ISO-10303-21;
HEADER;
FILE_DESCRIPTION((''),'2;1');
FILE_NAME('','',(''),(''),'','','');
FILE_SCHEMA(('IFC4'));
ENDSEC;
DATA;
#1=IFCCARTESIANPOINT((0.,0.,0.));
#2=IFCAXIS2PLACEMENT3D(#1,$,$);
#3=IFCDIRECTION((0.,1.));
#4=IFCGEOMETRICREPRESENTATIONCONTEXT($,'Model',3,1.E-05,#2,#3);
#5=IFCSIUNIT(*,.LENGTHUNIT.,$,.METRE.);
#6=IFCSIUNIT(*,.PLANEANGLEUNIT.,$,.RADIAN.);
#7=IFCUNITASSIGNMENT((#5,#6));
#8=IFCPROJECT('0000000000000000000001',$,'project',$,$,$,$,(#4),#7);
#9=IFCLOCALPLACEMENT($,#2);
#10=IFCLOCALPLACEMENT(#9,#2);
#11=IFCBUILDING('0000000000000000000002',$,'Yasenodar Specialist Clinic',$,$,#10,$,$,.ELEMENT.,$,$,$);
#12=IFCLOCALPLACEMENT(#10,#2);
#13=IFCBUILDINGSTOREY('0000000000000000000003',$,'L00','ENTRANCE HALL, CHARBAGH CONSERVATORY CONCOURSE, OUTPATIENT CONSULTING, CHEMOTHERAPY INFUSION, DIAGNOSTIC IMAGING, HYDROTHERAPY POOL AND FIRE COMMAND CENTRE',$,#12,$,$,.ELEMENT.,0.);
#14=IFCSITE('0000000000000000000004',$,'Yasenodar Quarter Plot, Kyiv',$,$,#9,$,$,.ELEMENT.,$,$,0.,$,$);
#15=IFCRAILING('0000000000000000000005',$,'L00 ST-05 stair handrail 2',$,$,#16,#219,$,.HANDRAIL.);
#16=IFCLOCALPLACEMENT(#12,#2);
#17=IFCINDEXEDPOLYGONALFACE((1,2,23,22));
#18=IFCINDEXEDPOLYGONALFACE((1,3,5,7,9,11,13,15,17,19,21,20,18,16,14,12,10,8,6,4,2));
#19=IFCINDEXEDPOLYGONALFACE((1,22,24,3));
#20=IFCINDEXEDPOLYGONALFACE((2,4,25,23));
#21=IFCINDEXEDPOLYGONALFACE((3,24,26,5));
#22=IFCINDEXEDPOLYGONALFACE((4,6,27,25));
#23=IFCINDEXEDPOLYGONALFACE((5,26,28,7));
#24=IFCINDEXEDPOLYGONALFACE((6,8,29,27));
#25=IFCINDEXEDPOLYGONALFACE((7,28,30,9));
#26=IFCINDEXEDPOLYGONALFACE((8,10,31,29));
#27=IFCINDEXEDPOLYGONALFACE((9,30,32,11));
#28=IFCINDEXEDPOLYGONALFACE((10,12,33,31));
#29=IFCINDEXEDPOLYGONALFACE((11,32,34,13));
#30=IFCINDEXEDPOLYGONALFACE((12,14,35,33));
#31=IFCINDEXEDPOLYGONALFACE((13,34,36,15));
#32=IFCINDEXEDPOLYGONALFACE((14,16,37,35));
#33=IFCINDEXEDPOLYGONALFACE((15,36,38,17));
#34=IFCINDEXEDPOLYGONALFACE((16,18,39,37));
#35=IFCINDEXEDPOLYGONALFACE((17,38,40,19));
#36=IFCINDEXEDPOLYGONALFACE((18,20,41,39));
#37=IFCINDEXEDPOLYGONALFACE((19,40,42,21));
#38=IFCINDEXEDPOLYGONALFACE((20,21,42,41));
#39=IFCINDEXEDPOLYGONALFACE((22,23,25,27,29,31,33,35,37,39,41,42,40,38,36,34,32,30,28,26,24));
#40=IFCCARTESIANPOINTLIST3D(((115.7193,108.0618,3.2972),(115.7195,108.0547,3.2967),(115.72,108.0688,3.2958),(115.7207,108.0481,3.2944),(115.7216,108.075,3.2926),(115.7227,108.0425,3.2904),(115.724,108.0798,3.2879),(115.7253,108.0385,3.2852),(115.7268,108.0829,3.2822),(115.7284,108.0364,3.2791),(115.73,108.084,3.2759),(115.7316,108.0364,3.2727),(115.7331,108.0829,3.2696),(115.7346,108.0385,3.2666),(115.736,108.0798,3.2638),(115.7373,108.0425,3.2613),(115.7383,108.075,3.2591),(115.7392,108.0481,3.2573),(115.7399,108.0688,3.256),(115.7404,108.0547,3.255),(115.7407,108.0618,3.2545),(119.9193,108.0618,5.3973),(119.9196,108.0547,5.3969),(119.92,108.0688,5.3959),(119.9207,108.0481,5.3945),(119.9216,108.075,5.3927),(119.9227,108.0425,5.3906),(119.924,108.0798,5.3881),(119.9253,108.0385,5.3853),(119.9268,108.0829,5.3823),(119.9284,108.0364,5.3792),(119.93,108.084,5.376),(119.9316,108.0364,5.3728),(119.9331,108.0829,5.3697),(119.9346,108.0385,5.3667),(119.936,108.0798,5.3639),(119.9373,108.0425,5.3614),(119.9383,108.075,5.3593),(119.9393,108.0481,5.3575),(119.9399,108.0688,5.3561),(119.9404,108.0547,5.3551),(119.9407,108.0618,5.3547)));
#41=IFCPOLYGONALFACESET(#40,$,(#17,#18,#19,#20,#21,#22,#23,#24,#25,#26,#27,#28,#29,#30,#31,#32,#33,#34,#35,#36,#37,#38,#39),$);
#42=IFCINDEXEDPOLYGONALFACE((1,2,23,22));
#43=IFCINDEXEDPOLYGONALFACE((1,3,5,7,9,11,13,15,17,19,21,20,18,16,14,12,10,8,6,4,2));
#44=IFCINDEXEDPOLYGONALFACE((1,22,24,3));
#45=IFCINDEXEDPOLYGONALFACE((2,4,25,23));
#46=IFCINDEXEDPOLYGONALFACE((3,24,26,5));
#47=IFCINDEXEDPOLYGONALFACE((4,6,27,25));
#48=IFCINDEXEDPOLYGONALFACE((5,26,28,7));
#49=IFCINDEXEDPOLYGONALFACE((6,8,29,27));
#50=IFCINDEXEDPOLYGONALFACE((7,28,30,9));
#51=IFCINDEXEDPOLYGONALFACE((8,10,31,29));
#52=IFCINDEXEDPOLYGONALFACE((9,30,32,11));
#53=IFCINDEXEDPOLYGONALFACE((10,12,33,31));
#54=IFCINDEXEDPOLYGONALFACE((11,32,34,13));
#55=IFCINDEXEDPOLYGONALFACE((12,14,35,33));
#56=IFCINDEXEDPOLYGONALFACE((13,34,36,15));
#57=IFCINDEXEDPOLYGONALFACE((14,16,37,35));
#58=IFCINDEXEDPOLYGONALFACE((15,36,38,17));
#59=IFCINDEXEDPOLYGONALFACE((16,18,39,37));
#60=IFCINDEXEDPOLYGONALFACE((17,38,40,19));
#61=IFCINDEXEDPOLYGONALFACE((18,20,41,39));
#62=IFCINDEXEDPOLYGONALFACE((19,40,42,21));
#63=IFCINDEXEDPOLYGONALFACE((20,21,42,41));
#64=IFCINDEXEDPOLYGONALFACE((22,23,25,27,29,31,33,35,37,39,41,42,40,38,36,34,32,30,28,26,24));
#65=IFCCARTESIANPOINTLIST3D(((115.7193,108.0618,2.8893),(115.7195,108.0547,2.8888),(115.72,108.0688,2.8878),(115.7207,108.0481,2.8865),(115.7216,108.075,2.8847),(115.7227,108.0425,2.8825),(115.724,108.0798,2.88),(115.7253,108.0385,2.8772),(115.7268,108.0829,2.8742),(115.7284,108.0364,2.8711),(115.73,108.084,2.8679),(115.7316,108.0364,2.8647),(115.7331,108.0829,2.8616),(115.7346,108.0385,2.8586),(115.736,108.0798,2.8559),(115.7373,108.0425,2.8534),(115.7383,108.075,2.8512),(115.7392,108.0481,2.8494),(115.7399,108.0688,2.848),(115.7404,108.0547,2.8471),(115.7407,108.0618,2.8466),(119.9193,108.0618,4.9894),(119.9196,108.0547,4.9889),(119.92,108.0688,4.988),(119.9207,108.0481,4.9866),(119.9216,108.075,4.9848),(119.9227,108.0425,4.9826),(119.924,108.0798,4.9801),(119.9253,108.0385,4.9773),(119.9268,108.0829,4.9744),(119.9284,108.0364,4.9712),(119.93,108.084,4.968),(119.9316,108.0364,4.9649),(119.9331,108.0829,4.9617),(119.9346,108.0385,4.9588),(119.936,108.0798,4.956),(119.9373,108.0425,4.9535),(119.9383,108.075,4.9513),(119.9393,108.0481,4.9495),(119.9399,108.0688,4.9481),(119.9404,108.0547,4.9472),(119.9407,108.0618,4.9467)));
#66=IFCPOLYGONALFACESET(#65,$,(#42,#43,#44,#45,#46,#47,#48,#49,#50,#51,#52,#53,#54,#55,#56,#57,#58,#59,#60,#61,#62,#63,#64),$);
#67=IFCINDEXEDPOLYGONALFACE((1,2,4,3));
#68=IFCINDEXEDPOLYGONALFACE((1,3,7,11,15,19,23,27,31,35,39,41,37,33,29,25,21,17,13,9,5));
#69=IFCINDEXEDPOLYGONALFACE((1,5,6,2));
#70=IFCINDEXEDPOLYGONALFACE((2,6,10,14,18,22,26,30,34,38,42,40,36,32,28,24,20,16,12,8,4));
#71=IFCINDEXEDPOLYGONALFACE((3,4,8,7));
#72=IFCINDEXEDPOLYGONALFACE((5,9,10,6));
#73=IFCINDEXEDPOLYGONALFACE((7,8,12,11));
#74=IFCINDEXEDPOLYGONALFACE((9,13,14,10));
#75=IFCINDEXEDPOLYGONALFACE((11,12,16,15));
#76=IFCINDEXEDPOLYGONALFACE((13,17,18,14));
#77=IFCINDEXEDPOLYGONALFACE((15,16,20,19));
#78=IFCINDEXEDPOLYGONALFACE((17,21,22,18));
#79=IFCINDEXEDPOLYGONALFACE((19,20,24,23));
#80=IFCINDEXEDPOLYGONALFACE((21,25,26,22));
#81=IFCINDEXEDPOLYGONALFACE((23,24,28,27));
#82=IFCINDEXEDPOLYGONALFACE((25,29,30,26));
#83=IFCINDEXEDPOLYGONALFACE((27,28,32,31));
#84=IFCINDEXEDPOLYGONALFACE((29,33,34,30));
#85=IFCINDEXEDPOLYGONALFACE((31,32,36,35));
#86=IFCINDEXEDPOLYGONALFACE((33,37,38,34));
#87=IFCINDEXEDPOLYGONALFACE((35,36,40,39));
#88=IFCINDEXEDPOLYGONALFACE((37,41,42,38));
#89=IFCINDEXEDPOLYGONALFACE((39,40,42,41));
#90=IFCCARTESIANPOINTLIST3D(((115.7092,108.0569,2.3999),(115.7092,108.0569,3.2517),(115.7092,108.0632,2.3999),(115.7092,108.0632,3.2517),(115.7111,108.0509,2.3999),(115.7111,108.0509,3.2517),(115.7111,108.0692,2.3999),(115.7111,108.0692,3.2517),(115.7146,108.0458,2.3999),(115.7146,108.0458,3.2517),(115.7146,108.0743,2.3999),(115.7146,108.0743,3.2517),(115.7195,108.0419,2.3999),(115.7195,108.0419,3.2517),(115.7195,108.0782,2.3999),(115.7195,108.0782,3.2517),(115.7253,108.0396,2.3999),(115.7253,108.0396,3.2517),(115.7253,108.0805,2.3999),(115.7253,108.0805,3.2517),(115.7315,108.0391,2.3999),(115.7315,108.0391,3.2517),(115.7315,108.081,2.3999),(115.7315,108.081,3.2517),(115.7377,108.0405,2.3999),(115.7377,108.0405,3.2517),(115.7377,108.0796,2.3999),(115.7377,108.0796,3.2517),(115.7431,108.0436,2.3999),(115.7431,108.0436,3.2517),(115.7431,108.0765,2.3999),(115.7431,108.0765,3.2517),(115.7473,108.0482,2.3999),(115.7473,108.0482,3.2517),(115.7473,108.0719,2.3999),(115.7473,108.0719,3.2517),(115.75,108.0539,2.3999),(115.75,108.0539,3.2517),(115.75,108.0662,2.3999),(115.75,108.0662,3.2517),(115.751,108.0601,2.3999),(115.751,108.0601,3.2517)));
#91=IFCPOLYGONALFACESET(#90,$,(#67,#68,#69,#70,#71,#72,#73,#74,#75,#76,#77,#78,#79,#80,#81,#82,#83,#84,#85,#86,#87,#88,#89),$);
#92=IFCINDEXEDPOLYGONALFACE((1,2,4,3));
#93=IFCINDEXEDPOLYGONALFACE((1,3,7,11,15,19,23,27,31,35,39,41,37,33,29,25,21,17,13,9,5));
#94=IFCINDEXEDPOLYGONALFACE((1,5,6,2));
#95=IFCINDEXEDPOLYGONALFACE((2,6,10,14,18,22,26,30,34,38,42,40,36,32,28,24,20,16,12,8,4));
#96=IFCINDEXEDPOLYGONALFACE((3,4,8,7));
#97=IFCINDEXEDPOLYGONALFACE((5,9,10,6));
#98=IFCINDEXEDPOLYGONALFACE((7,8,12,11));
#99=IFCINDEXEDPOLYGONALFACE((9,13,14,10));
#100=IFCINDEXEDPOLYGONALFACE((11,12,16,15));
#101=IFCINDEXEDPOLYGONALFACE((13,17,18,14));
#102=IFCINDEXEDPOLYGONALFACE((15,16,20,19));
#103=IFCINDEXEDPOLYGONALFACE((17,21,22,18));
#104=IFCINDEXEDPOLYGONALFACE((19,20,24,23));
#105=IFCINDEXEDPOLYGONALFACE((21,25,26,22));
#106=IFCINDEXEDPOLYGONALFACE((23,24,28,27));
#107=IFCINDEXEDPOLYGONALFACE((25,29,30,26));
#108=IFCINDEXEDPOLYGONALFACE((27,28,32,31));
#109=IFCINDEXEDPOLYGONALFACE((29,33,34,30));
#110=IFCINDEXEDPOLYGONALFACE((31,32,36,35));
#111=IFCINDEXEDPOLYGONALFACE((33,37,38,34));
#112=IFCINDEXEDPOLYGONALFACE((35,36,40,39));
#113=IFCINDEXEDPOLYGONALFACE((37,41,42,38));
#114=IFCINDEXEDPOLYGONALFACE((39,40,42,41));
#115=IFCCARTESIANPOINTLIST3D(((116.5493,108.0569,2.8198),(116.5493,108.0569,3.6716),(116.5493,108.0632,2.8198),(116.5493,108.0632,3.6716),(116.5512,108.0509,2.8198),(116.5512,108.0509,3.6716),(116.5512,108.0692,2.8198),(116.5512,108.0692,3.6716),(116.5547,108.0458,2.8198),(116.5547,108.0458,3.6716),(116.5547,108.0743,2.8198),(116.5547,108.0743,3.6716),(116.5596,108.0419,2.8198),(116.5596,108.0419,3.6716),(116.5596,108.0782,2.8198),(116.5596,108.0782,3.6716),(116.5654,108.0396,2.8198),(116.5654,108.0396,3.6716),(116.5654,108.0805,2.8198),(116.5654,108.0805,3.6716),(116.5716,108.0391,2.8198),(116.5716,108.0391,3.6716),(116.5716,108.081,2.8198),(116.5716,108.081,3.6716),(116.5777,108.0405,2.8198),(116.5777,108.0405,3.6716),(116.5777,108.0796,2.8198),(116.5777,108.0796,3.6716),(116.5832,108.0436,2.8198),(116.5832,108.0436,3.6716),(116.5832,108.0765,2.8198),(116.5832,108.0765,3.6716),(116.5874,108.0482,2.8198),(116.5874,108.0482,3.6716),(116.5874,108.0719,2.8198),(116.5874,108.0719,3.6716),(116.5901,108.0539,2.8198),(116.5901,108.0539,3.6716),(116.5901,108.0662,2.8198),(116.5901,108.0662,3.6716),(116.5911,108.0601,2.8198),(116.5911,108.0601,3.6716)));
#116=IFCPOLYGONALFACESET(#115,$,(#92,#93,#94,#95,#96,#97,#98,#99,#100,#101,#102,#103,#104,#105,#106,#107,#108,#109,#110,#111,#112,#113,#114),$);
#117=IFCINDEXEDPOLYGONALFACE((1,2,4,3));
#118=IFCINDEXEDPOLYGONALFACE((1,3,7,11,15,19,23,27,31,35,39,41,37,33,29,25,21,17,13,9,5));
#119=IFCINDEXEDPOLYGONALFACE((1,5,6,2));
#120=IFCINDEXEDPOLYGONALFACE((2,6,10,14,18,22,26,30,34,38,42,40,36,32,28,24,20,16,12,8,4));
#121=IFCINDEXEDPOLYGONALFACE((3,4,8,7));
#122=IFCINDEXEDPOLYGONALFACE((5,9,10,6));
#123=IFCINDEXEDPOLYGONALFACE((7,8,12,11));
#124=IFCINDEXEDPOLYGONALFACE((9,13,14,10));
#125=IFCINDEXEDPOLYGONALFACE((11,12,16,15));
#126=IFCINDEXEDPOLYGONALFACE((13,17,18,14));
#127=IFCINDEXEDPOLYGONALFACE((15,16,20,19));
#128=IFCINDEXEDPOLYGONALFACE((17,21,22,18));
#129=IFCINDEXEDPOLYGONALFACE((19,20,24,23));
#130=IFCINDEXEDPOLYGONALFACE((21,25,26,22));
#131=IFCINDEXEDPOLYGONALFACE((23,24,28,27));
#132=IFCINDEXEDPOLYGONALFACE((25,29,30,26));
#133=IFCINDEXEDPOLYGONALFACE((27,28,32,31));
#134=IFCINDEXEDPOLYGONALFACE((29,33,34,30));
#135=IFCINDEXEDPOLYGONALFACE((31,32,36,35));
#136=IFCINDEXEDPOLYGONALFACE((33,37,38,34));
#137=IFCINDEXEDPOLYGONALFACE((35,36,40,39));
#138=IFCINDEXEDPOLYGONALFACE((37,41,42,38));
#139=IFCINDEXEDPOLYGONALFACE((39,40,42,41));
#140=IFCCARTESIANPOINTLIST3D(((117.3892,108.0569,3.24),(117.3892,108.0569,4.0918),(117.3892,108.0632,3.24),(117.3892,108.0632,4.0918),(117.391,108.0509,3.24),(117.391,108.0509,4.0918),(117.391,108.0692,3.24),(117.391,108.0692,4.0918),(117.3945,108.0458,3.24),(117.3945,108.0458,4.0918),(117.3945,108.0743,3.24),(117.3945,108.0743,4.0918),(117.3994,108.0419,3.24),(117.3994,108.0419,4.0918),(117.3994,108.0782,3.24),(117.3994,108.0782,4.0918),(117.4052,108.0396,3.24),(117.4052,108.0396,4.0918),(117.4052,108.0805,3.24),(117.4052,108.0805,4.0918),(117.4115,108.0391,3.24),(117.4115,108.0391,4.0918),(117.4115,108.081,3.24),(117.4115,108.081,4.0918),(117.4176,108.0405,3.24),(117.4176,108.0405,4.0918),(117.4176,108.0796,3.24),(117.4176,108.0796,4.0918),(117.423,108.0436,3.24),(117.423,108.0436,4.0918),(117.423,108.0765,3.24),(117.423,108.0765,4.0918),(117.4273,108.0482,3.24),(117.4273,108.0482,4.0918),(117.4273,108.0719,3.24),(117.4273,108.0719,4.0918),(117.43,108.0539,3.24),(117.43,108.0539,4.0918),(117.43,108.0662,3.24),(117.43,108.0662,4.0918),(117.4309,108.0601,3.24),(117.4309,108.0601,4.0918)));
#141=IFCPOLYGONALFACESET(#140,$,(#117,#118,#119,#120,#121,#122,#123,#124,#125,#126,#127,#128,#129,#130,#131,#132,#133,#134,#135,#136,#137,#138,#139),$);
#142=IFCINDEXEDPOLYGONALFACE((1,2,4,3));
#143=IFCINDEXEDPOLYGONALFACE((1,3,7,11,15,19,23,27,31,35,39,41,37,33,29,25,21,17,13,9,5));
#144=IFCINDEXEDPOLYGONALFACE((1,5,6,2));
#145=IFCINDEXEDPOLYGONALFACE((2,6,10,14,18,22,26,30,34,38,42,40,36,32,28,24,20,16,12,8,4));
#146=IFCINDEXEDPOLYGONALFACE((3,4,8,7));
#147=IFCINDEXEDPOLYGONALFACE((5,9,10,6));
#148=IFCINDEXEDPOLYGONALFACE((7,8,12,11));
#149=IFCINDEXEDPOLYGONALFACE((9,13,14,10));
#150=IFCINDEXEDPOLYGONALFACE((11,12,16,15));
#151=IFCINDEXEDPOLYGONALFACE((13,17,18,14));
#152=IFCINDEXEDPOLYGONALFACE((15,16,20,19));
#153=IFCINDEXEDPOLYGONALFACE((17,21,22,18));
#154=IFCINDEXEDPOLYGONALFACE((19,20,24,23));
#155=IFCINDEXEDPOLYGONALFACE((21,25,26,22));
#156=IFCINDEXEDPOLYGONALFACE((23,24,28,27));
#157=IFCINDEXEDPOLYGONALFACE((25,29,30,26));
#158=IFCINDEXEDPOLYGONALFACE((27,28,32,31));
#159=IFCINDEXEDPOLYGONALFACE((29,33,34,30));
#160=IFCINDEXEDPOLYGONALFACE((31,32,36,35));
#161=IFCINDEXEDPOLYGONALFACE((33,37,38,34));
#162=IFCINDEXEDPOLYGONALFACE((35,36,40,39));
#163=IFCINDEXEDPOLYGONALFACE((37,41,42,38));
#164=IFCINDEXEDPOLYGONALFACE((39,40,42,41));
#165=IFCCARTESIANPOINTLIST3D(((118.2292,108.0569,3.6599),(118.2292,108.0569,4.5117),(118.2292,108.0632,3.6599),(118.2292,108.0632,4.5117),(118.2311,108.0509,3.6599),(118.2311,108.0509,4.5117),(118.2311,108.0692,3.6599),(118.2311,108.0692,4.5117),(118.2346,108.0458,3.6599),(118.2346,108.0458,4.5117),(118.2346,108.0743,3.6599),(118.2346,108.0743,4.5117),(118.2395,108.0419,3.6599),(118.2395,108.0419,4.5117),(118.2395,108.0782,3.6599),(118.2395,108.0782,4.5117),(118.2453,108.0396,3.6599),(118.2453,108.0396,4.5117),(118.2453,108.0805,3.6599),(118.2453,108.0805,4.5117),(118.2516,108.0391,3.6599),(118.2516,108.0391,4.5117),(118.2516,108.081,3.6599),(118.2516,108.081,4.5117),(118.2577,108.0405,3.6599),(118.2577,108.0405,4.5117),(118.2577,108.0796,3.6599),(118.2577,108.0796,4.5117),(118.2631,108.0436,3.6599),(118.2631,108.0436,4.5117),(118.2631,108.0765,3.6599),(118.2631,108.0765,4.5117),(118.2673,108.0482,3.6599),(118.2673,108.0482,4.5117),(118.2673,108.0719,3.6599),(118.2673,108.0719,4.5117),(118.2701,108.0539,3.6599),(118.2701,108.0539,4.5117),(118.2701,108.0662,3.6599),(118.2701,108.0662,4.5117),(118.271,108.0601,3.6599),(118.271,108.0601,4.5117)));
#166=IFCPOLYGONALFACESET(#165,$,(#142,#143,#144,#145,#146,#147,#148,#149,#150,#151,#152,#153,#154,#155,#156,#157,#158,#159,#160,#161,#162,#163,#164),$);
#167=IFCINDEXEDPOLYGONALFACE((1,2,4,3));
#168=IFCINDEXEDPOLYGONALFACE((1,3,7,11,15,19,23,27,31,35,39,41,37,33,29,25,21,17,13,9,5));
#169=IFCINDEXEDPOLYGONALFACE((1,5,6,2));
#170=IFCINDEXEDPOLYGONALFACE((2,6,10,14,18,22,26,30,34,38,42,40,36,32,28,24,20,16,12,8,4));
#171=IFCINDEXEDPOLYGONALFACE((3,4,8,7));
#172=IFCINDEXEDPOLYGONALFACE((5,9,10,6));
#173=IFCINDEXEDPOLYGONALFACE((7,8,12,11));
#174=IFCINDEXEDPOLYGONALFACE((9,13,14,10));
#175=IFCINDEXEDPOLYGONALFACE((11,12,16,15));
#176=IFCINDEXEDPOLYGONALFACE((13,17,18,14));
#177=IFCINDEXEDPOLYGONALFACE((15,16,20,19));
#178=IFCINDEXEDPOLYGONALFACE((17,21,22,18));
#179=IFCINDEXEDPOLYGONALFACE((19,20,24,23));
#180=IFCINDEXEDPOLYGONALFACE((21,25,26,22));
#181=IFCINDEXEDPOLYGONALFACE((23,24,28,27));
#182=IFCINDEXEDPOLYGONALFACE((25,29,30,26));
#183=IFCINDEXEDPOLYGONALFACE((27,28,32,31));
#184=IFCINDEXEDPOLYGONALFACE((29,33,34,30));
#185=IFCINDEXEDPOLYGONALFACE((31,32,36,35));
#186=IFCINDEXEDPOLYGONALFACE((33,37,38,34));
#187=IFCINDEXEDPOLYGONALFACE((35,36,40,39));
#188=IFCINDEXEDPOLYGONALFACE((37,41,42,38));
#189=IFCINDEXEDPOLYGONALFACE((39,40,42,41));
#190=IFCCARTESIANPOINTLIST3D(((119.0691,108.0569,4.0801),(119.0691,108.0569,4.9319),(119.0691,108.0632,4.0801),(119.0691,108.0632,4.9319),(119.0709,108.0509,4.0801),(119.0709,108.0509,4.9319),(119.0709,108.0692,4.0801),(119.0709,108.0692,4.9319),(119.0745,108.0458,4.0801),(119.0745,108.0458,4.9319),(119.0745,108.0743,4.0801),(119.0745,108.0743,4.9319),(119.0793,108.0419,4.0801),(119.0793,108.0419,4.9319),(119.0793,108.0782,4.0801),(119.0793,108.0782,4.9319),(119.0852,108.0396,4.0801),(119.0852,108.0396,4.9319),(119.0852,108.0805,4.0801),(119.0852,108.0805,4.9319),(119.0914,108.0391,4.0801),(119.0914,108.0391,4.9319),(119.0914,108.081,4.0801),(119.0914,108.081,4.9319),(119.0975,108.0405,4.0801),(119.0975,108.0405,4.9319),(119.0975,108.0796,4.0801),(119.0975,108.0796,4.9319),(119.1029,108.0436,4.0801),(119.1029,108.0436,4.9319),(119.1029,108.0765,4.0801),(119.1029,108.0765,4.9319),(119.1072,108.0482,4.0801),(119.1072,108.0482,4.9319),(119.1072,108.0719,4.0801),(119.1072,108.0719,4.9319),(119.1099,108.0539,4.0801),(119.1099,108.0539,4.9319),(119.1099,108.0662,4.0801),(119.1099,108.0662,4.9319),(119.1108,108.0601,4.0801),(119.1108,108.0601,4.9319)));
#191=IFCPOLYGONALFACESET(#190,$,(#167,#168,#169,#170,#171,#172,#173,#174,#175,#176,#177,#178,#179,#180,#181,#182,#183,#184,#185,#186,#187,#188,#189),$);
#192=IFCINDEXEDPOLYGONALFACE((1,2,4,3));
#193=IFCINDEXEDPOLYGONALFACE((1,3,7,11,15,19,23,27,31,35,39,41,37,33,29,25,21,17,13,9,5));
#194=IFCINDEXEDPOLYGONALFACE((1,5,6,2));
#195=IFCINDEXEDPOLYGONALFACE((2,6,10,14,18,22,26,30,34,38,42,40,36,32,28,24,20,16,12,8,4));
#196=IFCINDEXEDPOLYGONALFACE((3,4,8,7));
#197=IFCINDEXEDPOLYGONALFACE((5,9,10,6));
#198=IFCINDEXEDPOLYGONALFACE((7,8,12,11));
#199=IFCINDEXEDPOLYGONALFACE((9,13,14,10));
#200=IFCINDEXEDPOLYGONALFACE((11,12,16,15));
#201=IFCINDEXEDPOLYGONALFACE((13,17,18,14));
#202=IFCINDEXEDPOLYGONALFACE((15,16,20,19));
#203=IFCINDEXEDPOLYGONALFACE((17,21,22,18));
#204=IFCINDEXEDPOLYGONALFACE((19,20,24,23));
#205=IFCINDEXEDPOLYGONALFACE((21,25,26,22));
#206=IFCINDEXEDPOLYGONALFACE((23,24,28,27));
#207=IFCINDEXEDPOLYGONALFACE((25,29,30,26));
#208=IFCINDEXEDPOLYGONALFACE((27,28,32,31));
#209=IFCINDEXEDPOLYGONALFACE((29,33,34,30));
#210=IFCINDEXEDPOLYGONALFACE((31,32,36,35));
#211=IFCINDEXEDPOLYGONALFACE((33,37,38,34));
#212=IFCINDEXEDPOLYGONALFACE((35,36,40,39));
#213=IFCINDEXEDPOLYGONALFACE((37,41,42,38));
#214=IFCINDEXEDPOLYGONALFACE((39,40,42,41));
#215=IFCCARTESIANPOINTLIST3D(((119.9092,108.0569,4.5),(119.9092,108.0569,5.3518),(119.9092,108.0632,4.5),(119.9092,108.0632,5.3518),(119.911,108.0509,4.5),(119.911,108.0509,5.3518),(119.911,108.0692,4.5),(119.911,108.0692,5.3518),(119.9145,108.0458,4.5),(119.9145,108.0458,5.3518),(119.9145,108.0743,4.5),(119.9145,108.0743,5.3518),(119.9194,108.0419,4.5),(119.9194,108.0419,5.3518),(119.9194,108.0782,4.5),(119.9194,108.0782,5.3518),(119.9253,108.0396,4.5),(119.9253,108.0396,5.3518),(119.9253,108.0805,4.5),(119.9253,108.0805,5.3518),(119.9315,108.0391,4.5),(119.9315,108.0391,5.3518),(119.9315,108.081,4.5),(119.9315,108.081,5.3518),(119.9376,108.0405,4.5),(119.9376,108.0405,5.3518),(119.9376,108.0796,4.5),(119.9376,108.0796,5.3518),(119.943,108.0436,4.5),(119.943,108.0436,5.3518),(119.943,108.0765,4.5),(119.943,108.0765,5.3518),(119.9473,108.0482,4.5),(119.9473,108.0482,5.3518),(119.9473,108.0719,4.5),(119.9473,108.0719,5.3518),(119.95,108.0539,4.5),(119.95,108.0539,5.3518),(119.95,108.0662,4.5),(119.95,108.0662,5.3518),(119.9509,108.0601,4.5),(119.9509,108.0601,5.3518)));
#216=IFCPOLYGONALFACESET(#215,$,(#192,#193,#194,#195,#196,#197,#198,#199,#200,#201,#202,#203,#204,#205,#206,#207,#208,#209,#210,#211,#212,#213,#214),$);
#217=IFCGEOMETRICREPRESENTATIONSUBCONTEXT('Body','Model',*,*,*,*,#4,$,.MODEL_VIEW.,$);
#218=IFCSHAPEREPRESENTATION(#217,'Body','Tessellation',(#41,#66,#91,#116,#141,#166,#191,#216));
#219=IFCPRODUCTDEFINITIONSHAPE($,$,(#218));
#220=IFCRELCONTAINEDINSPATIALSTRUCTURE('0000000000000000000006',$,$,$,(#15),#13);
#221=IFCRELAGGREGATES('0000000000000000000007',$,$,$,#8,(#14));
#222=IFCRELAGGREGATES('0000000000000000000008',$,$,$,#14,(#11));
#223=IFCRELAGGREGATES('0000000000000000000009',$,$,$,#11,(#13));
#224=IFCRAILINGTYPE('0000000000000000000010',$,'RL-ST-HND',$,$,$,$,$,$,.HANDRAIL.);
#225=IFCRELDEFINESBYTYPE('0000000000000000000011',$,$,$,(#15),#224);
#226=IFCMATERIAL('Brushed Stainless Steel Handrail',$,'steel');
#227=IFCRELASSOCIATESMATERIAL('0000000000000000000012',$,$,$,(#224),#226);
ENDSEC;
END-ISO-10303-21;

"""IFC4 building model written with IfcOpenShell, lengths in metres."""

from ifc_helpers import new_model, si_unit, direction, frame, origin, origin_2d, place, context, subcontext, project, spatial, circle, extrude, material, type_object, element, save


model = new_model("IFC4")

# Units and contexts
model_context = context("Model", 3, precision=1e-05, world=origin(), true_north=direction((0.0, 1.0)))
body_context = subcontext(model_context, "Body", "Model", "MODEL_VIEW")
ifc_project = project(units=[si_unit("LENGTHUNIT", "METRE"), si_unit("PLANEANGLEUNIT", "RADIAN")], contexts=[model_context])

# Site, building, storey
site_placement = place(None, origin())
site = spatial("IfcSite", under=ifc_project, at=site_placement, Name="Yasenodar Quarter Plot, Kyiv", CompositionType="ELEMENT", RefElevation=0.0)
building_placement = place(site_placement, origin())
building = spatial("IfcBuilding", under=site, at=building_placement, Name="Yasenodar Specialist Clinic", CompositionType="ELEMENT")
storey_placement = place(building_placement, origin())
storey = spatial("IfcBuildingStorey", under=building, at=storey_placement, Name="L00", Description="ENTRANCE HALL, CHARBAGH CONSERVATORY CONCOURSE, OUTPATIENT CONSULTING, CHEMOTHERAPY INFUSION, DIAGNOSTIC IMAGING, HYDROTHERAPY POOL AND FIRE COMMAND CENTRE", CompositionType="ELEMENT", Elevation=0.0)

# Railing
ifc_material_1 = material(Name="Brushed Stainless Steel Handrail", Category="steel")
railing_type_1 = type_object("IfcRailingType", Name="RL-ST-HND", PredefinedType="HANDRAIL", material=ifc_material_1)
railing_1_placement = place(storey_placement, frame((115.73, 108.0601, 2.3999)))
element("IfcRailing", 1, at=railing_1_placement, inside=storey, type_object=railing_type_1, Name="L00 ST-05 stair handrail 2", PredefinedType="HANDRAIL", context=body_context, shape_type="SweptSolid", body=[
    extrude(circle(Radius=0.0239, at=origin_2d()), frame((0.0, 0.0, 0.876), z_axis=(0.894417, 0.0, 0.447234), x_axis=(0.0, 1.0, 0.0)), (0.0, 0.0, 1.0), 4.6958),
    extrude(circle(Radius=0.0239, at=origin_2d()), frame((0.0, 0.0, 0.468), z_axis=(0.894417, 0.0, 0.447234), x_axis=(0.0, 1.0, 0.0)), (0.0, 0.0, 1.0), 4.6958),
    extrude(circle(Radius=0.021, at=origin_2d()), origin(), (0.0, 0.0, 1.0), 0.8518),
    extrude(circle(Radius=0.021, at=origin_2d()), frame((0.8401, 0.0, 0.4199)), (0.0, 0.0, 1.0), 0.8518),
    extrude(circle(Radius=0.021, at=origin_2d()), frame((1.6799, 0.0, 0.8401)), (0.0, 0.0, 1.0), 0.8518),
    extrude(circle(Radius=0.021, at=origin_2d()), frame((2.52, 0.0, 1.26)), (0.0, 0.0, 1.0), 0.8518),
    extrude(circle(Radius=0.021, at=origin_2d()), frame((3.3599, 0.0, 1.6802)), (0.0, 0.0, 1.0), 0.8518),
    extrude(circle(Radius=0.021, at=origin_2d()), frame((4.2, 0.0, 2.1001)), (0.0, 0.0, 1.0), 0.8518),
])

save(model, "model.ifc")
